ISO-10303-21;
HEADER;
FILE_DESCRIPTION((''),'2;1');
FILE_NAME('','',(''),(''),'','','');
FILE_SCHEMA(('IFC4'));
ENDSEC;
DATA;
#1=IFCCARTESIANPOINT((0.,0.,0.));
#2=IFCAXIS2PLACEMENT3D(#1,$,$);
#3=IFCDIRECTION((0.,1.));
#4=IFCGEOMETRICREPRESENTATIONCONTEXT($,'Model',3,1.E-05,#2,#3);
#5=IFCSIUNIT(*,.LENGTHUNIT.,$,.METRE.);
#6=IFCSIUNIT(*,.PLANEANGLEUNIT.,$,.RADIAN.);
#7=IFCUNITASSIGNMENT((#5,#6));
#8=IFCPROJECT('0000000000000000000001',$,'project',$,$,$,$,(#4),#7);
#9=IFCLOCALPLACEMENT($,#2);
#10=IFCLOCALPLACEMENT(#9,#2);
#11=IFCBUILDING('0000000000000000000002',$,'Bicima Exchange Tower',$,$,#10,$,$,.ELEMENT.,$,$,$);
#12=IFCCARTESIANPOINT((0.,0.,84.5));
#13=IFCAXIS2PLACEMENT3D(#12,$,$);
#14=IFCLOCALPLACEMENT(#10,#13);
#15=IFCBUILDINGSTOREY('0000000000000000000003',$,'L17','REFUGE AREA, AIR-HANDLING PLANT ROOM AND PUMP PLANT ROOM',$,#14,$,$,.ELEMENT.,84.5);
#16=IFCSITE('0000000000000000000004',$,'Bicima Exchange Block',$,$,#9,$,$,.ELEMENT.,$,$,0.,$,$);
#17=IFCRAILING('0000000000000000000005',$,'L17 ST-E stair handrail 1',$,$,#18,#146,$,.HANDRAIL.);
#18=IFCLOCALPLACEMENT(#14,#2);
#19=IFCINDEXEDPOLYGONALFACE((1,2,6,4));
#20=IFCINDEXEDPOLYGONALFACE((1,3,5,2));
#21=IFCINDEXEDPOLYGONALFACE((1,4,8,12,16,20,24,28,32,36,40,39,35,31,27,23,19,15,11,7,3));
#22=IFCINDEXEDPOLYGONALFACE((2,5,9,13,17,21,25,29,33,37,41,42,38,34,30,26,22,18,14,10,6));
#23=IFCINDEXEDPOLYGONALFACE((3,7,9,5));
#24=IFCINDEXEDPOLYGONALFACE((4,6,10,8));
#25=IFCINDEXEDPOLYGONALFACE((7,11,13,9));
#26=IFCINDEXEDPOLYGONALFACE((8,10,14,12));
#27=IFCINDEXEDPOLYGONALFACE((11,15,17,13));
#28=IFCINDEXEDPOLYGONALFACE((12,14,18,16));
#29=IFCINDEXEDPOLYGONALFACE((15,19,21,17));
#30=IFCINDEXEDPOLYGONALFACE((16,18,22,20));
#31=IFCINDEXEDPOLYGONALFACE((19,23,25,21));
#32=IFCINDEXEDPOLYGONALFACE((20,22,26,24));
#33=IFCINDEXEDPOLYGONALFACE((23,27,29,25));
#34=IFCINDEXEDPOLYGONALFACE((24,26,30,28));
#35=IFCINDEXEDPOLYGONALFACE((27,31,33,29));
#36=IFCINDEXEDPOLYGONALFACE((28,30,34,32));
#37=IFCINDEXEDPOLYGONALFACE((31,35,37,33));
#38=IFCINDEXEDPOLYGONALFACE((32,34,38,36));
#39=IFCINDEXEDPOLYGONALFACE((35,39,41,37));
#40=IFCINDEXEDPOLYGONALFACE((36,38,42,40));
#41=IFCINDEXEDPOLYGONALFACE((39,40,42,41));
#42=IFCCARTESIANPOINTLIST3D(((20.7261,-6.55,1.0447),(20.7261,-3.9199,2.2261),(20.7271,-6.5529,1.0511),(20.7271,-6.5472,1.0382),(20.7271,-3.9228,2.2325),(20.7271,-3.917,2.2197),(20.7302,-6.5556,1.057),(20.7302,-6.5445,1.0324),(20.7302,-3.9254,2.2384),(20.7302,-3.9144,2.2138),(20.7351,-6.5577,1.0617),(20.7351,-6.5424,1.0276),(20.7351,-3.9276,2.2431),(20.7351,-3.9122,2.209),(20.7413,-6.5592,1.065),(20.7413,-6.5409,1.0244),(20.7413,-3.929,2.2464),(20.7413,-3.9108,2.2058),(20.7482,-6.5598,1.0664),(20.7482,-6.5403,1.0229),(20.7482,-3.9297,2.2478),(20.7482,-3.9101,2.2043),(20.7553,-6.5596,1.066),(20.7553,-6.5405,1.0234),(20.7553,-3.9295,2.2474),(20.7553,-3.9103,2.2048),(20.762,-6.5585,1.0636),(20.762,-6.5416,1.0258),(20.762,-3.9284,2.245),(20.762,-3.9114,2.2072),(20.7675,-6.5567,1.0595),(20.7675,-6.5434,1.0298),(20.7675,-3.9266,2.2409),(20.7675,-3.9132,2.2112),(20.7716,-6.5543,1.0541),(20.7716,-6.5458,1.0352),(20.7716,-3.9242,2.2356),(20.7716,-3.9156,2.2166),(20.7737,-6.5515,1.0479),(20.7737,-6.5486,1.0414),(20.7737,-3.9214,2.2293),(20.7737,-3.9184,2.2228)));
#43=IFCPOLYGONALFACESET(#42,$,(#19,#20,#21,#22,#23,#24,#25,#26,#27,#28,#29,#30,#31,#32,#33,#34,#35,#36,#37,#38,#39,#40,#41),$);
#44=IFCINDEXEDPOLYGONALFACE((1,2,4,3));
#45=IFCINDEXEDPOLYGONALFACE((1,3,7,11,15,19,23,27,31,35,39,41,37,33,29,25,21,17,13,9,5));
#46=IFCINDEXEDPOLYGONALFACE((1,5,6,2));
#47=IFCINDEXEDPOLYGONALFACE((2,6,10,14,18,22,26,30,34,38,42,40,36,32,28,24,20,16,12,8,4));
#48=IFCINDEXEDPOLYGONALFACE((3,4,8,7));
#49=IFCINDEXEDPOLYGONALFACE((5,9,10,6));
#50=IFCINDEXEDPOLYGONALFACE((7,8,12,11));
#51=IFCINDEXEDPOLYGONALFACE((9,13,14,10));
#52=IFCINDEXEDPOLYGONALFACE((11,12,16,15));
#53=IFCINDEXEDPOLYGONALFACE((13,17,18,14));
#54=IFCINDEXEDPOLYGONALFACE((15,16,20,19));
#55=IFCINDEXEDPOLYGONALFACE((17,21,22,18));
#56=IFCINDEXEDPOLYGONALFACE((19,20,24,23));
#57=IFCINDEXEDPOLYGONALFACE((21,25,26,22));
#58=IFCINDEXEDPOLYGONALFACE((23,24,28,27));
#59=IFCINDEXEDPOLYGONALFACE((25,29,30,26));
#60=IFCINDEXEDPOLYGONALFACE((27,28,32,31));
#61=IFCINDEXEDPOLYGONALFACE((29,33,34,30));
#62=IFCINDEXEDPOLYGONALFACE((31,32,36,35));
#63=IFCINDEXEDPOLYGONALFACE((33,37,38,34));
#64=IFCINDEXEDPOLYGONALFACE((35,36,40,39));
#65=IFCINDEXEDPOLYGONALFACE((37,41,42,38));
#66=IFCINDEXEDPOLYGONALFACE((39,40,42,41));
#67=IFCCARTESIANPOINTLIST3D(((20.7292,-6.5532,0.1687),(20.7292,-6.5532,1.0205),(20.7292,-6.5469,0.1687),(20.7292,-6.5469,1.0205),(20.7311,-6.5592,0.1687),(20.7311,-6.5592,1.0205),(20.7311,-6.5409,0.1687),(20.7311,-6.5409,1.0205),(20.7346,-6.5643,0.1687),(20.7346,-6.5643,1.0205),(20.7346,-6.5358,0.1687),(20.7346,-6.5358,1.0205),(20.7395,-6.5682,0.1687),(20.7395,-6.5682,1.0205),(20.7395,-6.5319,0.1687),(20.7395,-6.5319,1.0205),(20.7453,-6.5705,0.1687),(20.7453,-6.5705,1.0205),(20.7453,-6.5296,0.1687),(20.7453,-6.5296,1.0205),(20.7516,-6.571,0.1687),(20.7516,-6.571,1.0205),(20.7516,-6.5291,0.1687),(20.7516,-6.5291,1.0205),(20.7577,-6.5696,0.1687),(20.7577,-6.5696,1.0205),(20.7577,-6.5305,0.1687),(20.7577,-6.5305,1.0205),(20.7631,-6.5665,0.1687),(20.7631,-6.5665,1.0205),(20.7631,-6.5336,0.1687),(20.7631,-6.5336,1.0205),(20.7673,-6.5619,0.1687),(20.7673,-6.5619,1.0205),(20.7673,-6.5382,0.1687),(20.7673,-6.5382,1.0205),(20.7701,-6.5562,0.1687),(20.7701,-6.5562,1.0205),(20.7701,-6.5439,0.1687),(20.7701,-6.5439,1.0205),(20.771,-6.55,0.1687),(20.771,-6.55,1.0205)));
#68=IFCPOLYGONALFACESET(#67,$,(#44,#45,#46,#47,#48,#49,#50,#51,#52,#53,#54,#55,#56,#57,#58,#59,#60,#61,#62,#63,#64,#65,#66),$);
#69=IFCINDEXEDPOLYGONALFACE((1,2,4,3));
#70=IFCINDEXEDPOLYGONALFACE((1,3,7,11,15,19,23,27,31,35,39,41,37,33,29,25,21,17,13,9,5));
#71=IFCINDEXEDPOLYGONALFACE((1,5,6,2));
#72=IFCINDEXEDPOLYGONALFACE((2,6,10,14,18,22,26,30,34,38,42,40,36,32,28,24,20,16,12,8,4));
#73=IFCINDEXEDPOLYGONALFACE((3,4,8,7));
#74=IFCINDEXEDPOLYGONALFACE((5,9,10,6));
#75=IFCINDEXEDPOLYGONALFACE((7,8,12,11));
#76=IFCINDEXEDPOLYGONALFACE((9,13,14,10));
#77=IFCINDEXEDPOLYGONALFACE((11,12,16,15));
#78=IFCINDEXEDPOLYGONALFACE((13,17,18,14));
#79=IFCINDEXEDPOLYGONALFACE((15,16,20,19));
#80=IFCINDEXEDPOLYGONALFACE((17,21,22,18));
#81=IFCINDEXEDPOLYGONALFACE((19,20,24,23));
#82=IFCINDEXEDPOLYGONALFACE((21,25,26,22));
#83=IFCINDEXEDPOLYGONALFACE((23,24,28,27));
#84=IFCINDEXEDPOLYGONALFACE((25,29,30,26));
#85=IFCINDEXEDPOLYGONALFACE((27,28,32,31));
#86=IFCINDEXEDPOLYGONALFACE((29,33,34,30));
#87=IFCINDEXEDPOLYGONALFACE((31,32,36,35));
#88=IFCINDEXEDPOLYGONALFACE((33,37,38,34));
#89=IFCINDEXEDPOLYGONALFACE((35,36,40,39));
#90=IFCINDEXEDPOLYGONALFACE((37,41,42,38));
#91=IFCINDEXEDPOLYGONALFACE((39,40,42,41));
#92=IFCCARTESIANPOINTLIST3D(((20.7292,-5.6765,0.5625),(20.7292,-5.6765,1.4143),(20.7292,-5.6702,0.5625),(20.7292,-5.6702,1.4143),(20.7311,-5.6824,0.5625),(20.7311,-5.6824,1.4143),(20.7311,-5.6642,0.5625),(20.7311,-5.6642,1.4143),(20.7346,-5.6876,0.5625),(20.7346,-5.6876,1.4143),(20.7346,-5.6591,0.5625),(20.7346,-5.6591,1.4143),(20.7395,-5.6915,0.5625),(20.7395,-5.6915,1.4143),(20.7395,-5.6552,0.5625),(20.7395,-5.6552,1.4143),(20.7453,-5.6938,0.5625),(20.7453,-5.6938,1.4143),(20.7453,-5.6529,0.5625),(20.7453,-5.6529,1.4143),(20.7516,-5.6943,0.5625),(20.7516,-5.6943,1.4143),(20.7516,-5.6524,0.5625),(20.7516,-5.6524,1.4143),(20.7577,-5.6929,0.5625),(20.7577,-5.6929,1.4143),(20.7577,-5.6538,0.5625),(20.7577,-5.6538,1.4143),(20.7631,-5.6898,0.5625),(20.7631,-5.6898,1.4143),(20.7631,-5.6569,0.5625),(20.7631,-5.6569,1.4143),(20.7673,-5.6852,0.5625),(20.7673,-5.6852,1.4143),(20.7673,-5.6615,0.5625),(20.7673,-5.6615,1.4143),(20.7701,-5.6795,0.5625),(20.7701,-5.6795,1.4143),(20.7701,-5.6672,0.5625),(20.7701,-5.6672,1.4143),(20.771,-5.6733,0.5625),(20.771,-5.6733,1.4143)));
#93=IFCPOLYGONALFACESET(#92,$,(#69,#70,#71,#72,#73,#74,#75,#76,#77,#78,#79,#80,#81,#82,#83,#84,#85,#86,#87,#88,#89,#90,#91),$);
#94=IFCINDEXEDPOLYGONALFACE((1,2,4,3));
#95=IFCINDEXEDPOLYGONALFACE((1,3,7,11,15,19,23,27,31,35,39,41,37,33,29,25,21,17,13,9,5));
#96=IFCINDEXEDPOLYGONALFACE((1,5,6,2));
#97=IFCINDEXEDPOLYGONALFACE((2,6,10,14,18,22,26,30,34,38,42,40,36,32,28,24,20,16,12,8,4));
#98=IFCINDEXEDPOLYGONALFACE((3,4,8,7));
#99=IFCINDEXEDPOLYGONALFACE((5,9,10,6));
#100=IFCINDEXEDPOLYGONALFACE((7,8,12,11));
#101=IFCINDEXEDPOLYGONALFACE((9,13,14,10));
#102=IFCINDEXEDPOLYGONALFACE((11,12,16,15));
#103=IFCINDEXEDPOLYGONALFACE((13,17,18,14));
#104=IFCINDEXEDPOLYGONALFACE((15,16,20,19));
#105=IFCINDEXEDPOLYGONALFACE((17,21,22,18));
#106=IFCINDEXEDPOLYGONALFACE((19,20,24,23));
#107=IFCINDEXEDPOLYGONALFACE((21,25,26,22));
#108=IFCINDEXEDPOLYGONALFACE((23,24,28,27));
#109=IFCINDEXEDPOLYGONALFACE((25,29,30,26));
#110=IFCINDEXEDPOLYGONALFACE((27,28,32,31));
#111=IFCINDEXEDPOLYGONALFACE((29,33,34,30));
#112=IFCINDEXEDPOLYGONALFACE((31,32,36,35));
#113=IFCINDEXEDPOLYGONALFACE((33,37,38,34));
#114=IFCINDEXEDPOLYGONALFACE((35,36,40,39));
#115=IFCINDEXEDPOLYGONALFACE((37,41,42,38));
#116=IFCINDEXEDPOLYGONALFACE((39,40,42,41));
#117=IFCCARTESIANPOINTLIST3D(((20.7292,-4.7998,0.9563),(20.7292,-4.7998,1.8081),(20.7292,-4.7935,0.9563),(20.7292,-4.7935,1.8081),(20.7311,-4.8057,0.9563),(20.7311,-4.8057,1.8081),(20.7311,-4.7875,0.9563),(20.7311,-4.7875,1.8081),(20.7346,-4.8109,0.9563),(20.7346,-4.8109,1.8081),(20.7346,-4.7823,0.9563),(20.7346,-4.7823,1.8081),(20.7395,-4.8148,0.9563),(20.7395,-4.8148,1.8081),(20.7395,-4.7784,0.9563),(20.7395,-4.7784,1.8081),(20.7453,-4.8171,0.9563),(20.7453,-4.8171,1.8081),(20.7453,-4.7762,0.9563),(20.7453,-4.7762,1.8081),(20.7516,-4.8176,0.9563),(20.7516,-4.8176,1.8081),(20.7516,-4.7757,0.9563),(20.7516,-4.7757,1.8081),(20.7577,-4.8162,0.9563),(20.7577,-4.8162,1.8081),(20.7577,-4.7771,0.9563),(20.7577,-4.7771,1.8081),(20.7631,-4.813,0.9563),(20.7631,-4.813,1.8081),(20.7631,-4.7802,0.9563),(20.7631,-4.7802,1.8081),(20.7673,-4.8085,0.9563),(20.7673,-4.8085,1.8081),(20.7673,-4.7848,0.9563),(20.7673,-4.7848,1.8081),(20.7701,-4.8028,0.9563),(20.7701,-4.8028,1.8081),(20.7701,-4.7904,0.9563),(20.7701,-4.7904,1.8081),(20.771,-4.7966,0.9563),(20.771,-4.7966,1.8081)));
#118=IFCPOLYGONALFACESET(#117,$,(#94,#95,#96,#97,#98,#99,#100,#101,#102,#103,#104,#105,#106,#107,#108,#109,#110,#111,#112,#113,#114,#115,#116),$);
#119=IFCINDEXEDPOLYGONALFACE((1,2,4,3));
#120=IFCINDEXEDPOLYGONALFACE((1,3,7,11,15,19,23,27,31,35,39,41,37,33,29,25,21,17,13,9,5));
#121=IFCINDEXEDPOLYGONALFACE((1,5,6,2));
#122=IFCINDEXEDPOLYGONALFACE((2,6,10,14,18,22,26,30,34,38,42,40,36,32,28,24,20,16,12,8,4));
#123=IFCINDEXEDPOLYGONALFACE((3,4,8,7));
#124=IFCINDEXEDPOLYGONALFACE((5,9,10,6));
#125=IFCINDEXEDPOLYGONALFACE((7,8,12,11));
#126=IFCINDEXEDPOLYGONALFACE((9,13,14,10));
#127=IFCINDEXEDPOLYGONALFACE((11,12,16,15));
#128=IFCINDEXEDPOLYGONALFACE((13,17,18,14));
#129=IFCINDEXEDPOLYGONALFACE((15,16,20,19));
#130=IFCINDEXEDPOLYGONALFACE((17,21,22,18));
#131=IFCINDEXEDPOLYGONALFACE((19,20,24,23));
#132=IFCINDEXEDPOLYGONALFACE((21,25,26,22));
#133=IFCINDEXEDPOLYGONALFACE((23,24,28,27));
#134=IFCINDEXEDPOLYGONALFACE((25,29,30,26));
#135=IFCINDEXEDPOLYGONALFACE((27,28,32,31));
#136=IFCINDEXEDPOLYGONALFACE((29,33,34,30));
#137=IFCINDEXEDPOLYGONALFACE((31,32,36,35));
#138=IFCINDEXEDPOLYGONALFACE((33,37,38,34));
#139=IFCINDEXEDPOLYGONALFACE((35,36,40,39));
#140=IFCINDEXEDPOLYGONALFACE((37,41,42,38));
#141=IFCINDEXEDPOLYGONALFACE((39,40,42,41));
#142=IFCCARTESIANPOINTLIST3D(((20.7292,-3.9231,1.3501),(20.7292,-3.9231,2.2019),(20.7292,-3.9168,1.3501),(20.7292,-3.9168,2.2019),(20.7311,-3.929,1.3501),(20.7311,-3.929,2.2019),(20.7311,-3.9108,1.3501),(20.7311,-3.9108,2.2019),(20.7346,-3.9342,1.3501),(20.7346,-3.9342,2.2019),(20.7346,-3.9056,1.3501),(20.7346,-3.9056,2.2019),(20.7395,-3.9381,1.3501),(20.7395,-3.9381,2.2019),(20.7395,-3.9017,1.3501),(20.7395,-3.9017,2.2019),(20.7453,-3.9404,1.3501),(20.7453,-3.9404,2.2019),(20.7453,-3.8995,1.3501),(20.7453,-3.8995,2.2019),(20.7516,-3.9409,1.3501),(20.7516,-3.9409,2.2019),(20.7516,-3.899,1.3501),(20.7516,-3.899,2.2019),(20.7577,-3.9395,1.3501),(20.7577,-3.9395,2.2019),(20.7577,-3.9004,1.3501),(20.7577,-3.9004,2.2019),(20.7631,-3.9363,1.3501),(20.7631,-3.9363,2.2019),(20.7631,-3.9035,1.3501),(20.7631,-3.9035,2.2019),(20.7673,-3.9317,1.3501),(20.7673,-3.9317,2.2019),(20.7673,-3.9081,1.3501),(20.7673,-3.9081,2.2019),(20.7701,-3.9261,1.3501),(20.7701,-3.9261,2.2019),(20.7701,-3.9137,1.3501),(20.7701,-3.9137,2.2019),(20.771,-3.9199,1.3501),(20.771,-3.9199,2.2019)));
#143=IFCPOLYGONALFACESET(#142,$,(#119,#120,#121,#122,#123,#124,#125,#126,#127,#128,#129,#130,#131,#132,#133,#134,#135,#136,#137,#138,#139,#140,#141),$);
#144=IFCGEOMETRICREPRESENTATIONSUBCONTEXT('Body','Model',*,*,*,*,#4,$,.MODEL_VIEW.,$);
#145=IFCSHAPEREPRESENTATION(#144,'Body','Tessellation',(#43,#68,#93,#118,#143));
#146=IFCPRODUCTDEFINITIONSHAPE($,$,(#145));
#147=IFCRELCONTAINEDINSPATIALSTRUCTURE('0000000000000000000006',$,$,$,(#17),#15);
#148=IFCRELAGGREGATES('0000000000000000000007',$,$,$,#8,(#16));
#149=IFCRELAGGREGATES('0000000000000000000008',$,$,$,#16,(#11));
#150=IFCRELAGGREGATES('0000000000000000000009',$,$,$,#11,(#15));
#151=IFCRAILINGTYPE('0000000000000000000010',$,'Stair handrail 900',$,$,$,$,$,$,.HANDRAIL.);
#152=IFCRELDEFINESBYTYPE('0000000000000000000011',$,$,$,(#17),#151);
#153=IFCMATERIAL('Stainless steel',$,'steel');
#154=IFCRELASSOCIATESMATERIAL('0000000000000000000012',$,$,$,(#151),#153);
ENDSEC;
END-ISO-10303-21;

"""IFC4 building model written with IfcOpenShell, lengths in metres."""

from ifc_helpers import new_model, si_unit, direction, frame, origin, origin_2d, place, context, subcontext, project, spatial, circle, extrude, material, type_object, element, save


model = new_model("IFC4")

# Units and contexts
model_context = context("Model", 3, precision=1e-05, world=origin(), true_north=direction((0.0, 1.0)))
body_context = subcontext(model_context, "Body", "Model", "MODEL_VIEW")
ifc_project = project(units=[si_unit("LENGTHUNIT", "METRE"), si_unit("PLANEANGLEUNIT", "RADIAN")], contexts=[model_context])

# Site, building, storey
site_placement = place(None, origin())
site = spatial("IfcSite", under=ifc_project, at=site_placement, Name="Bicima Exchange Block", CompositionType="ELEMENT", RefElevation=0.0)
building_placement = place(site_placement, origin())
building = spatial("IfcBuilding", under=site, at=building_placement, Name="Bicima Exchange Tower", CompositionType="ELEMENT")
storey_placement = place(building_placement, frame((0.0, 0.0, 84.5)))
storey = spatial("IfcBuildingStorey", under=building, at=storey_placement, Name="L17", Description="REFUGE AREA, AIR-HANDLING PLANT ROOM AND PUMP PLANT ROOM", CompositionType="ELEMENT", Elevation=84.5)

# Railing
ifc_material_1 = material(Name="Stainless steel", Category="steel")
railing_type_1 = type_object("IfcRailingType", Name="Stair handrail 900", PredefinedType="HANDRAIL", material=ifc_material_1)
for number, where, name in (
    (1, (20.75, -6.55, 0.1687), "L17 ST-E stair handrail 1"),
):
    element("IfcRailing", number, at=place(storey_placement, frame(where)), inside=storey, type_object=railing_type_1, Name=name, PredefinedType="HANDRAIL", context=body_context, shape_type="SweptSolid", body=[
        extrude(circle(Radius=0.0239, at=origin_2d()), frame((0.0, 0.0, 0.876), z_axis=(0.0, 0.912202, 0.409741), x_axis=(-1.0, 0.0, 0.0)), (0.0, 0.0, 1.0), 2.8833),
        extrude(circle(Radius=0.021, at=origin_2d()), origin(), (0.0, 0.0, 1.0), 0.8518),
        extrude(circle(Radius=0.021, at=origin_2d()), frame((0.0, 0.8767, 0.3938)), (0.0, 0.0, 1.0), 0.8518),
        extrude(circle(Radius=0.021, at=origin_2d()), frame((0.0, 1.7534, 0.7876)), (0.0, 0.0, 1.0), 0.8518),
        extrude(circle(Radius=0.021, at=origin_2d()), frame((0.0, 2.6301, 1.1814)), (0.0, 0.0, 1.0), 0.8518),
    ])

save(model, "model.ifc")
